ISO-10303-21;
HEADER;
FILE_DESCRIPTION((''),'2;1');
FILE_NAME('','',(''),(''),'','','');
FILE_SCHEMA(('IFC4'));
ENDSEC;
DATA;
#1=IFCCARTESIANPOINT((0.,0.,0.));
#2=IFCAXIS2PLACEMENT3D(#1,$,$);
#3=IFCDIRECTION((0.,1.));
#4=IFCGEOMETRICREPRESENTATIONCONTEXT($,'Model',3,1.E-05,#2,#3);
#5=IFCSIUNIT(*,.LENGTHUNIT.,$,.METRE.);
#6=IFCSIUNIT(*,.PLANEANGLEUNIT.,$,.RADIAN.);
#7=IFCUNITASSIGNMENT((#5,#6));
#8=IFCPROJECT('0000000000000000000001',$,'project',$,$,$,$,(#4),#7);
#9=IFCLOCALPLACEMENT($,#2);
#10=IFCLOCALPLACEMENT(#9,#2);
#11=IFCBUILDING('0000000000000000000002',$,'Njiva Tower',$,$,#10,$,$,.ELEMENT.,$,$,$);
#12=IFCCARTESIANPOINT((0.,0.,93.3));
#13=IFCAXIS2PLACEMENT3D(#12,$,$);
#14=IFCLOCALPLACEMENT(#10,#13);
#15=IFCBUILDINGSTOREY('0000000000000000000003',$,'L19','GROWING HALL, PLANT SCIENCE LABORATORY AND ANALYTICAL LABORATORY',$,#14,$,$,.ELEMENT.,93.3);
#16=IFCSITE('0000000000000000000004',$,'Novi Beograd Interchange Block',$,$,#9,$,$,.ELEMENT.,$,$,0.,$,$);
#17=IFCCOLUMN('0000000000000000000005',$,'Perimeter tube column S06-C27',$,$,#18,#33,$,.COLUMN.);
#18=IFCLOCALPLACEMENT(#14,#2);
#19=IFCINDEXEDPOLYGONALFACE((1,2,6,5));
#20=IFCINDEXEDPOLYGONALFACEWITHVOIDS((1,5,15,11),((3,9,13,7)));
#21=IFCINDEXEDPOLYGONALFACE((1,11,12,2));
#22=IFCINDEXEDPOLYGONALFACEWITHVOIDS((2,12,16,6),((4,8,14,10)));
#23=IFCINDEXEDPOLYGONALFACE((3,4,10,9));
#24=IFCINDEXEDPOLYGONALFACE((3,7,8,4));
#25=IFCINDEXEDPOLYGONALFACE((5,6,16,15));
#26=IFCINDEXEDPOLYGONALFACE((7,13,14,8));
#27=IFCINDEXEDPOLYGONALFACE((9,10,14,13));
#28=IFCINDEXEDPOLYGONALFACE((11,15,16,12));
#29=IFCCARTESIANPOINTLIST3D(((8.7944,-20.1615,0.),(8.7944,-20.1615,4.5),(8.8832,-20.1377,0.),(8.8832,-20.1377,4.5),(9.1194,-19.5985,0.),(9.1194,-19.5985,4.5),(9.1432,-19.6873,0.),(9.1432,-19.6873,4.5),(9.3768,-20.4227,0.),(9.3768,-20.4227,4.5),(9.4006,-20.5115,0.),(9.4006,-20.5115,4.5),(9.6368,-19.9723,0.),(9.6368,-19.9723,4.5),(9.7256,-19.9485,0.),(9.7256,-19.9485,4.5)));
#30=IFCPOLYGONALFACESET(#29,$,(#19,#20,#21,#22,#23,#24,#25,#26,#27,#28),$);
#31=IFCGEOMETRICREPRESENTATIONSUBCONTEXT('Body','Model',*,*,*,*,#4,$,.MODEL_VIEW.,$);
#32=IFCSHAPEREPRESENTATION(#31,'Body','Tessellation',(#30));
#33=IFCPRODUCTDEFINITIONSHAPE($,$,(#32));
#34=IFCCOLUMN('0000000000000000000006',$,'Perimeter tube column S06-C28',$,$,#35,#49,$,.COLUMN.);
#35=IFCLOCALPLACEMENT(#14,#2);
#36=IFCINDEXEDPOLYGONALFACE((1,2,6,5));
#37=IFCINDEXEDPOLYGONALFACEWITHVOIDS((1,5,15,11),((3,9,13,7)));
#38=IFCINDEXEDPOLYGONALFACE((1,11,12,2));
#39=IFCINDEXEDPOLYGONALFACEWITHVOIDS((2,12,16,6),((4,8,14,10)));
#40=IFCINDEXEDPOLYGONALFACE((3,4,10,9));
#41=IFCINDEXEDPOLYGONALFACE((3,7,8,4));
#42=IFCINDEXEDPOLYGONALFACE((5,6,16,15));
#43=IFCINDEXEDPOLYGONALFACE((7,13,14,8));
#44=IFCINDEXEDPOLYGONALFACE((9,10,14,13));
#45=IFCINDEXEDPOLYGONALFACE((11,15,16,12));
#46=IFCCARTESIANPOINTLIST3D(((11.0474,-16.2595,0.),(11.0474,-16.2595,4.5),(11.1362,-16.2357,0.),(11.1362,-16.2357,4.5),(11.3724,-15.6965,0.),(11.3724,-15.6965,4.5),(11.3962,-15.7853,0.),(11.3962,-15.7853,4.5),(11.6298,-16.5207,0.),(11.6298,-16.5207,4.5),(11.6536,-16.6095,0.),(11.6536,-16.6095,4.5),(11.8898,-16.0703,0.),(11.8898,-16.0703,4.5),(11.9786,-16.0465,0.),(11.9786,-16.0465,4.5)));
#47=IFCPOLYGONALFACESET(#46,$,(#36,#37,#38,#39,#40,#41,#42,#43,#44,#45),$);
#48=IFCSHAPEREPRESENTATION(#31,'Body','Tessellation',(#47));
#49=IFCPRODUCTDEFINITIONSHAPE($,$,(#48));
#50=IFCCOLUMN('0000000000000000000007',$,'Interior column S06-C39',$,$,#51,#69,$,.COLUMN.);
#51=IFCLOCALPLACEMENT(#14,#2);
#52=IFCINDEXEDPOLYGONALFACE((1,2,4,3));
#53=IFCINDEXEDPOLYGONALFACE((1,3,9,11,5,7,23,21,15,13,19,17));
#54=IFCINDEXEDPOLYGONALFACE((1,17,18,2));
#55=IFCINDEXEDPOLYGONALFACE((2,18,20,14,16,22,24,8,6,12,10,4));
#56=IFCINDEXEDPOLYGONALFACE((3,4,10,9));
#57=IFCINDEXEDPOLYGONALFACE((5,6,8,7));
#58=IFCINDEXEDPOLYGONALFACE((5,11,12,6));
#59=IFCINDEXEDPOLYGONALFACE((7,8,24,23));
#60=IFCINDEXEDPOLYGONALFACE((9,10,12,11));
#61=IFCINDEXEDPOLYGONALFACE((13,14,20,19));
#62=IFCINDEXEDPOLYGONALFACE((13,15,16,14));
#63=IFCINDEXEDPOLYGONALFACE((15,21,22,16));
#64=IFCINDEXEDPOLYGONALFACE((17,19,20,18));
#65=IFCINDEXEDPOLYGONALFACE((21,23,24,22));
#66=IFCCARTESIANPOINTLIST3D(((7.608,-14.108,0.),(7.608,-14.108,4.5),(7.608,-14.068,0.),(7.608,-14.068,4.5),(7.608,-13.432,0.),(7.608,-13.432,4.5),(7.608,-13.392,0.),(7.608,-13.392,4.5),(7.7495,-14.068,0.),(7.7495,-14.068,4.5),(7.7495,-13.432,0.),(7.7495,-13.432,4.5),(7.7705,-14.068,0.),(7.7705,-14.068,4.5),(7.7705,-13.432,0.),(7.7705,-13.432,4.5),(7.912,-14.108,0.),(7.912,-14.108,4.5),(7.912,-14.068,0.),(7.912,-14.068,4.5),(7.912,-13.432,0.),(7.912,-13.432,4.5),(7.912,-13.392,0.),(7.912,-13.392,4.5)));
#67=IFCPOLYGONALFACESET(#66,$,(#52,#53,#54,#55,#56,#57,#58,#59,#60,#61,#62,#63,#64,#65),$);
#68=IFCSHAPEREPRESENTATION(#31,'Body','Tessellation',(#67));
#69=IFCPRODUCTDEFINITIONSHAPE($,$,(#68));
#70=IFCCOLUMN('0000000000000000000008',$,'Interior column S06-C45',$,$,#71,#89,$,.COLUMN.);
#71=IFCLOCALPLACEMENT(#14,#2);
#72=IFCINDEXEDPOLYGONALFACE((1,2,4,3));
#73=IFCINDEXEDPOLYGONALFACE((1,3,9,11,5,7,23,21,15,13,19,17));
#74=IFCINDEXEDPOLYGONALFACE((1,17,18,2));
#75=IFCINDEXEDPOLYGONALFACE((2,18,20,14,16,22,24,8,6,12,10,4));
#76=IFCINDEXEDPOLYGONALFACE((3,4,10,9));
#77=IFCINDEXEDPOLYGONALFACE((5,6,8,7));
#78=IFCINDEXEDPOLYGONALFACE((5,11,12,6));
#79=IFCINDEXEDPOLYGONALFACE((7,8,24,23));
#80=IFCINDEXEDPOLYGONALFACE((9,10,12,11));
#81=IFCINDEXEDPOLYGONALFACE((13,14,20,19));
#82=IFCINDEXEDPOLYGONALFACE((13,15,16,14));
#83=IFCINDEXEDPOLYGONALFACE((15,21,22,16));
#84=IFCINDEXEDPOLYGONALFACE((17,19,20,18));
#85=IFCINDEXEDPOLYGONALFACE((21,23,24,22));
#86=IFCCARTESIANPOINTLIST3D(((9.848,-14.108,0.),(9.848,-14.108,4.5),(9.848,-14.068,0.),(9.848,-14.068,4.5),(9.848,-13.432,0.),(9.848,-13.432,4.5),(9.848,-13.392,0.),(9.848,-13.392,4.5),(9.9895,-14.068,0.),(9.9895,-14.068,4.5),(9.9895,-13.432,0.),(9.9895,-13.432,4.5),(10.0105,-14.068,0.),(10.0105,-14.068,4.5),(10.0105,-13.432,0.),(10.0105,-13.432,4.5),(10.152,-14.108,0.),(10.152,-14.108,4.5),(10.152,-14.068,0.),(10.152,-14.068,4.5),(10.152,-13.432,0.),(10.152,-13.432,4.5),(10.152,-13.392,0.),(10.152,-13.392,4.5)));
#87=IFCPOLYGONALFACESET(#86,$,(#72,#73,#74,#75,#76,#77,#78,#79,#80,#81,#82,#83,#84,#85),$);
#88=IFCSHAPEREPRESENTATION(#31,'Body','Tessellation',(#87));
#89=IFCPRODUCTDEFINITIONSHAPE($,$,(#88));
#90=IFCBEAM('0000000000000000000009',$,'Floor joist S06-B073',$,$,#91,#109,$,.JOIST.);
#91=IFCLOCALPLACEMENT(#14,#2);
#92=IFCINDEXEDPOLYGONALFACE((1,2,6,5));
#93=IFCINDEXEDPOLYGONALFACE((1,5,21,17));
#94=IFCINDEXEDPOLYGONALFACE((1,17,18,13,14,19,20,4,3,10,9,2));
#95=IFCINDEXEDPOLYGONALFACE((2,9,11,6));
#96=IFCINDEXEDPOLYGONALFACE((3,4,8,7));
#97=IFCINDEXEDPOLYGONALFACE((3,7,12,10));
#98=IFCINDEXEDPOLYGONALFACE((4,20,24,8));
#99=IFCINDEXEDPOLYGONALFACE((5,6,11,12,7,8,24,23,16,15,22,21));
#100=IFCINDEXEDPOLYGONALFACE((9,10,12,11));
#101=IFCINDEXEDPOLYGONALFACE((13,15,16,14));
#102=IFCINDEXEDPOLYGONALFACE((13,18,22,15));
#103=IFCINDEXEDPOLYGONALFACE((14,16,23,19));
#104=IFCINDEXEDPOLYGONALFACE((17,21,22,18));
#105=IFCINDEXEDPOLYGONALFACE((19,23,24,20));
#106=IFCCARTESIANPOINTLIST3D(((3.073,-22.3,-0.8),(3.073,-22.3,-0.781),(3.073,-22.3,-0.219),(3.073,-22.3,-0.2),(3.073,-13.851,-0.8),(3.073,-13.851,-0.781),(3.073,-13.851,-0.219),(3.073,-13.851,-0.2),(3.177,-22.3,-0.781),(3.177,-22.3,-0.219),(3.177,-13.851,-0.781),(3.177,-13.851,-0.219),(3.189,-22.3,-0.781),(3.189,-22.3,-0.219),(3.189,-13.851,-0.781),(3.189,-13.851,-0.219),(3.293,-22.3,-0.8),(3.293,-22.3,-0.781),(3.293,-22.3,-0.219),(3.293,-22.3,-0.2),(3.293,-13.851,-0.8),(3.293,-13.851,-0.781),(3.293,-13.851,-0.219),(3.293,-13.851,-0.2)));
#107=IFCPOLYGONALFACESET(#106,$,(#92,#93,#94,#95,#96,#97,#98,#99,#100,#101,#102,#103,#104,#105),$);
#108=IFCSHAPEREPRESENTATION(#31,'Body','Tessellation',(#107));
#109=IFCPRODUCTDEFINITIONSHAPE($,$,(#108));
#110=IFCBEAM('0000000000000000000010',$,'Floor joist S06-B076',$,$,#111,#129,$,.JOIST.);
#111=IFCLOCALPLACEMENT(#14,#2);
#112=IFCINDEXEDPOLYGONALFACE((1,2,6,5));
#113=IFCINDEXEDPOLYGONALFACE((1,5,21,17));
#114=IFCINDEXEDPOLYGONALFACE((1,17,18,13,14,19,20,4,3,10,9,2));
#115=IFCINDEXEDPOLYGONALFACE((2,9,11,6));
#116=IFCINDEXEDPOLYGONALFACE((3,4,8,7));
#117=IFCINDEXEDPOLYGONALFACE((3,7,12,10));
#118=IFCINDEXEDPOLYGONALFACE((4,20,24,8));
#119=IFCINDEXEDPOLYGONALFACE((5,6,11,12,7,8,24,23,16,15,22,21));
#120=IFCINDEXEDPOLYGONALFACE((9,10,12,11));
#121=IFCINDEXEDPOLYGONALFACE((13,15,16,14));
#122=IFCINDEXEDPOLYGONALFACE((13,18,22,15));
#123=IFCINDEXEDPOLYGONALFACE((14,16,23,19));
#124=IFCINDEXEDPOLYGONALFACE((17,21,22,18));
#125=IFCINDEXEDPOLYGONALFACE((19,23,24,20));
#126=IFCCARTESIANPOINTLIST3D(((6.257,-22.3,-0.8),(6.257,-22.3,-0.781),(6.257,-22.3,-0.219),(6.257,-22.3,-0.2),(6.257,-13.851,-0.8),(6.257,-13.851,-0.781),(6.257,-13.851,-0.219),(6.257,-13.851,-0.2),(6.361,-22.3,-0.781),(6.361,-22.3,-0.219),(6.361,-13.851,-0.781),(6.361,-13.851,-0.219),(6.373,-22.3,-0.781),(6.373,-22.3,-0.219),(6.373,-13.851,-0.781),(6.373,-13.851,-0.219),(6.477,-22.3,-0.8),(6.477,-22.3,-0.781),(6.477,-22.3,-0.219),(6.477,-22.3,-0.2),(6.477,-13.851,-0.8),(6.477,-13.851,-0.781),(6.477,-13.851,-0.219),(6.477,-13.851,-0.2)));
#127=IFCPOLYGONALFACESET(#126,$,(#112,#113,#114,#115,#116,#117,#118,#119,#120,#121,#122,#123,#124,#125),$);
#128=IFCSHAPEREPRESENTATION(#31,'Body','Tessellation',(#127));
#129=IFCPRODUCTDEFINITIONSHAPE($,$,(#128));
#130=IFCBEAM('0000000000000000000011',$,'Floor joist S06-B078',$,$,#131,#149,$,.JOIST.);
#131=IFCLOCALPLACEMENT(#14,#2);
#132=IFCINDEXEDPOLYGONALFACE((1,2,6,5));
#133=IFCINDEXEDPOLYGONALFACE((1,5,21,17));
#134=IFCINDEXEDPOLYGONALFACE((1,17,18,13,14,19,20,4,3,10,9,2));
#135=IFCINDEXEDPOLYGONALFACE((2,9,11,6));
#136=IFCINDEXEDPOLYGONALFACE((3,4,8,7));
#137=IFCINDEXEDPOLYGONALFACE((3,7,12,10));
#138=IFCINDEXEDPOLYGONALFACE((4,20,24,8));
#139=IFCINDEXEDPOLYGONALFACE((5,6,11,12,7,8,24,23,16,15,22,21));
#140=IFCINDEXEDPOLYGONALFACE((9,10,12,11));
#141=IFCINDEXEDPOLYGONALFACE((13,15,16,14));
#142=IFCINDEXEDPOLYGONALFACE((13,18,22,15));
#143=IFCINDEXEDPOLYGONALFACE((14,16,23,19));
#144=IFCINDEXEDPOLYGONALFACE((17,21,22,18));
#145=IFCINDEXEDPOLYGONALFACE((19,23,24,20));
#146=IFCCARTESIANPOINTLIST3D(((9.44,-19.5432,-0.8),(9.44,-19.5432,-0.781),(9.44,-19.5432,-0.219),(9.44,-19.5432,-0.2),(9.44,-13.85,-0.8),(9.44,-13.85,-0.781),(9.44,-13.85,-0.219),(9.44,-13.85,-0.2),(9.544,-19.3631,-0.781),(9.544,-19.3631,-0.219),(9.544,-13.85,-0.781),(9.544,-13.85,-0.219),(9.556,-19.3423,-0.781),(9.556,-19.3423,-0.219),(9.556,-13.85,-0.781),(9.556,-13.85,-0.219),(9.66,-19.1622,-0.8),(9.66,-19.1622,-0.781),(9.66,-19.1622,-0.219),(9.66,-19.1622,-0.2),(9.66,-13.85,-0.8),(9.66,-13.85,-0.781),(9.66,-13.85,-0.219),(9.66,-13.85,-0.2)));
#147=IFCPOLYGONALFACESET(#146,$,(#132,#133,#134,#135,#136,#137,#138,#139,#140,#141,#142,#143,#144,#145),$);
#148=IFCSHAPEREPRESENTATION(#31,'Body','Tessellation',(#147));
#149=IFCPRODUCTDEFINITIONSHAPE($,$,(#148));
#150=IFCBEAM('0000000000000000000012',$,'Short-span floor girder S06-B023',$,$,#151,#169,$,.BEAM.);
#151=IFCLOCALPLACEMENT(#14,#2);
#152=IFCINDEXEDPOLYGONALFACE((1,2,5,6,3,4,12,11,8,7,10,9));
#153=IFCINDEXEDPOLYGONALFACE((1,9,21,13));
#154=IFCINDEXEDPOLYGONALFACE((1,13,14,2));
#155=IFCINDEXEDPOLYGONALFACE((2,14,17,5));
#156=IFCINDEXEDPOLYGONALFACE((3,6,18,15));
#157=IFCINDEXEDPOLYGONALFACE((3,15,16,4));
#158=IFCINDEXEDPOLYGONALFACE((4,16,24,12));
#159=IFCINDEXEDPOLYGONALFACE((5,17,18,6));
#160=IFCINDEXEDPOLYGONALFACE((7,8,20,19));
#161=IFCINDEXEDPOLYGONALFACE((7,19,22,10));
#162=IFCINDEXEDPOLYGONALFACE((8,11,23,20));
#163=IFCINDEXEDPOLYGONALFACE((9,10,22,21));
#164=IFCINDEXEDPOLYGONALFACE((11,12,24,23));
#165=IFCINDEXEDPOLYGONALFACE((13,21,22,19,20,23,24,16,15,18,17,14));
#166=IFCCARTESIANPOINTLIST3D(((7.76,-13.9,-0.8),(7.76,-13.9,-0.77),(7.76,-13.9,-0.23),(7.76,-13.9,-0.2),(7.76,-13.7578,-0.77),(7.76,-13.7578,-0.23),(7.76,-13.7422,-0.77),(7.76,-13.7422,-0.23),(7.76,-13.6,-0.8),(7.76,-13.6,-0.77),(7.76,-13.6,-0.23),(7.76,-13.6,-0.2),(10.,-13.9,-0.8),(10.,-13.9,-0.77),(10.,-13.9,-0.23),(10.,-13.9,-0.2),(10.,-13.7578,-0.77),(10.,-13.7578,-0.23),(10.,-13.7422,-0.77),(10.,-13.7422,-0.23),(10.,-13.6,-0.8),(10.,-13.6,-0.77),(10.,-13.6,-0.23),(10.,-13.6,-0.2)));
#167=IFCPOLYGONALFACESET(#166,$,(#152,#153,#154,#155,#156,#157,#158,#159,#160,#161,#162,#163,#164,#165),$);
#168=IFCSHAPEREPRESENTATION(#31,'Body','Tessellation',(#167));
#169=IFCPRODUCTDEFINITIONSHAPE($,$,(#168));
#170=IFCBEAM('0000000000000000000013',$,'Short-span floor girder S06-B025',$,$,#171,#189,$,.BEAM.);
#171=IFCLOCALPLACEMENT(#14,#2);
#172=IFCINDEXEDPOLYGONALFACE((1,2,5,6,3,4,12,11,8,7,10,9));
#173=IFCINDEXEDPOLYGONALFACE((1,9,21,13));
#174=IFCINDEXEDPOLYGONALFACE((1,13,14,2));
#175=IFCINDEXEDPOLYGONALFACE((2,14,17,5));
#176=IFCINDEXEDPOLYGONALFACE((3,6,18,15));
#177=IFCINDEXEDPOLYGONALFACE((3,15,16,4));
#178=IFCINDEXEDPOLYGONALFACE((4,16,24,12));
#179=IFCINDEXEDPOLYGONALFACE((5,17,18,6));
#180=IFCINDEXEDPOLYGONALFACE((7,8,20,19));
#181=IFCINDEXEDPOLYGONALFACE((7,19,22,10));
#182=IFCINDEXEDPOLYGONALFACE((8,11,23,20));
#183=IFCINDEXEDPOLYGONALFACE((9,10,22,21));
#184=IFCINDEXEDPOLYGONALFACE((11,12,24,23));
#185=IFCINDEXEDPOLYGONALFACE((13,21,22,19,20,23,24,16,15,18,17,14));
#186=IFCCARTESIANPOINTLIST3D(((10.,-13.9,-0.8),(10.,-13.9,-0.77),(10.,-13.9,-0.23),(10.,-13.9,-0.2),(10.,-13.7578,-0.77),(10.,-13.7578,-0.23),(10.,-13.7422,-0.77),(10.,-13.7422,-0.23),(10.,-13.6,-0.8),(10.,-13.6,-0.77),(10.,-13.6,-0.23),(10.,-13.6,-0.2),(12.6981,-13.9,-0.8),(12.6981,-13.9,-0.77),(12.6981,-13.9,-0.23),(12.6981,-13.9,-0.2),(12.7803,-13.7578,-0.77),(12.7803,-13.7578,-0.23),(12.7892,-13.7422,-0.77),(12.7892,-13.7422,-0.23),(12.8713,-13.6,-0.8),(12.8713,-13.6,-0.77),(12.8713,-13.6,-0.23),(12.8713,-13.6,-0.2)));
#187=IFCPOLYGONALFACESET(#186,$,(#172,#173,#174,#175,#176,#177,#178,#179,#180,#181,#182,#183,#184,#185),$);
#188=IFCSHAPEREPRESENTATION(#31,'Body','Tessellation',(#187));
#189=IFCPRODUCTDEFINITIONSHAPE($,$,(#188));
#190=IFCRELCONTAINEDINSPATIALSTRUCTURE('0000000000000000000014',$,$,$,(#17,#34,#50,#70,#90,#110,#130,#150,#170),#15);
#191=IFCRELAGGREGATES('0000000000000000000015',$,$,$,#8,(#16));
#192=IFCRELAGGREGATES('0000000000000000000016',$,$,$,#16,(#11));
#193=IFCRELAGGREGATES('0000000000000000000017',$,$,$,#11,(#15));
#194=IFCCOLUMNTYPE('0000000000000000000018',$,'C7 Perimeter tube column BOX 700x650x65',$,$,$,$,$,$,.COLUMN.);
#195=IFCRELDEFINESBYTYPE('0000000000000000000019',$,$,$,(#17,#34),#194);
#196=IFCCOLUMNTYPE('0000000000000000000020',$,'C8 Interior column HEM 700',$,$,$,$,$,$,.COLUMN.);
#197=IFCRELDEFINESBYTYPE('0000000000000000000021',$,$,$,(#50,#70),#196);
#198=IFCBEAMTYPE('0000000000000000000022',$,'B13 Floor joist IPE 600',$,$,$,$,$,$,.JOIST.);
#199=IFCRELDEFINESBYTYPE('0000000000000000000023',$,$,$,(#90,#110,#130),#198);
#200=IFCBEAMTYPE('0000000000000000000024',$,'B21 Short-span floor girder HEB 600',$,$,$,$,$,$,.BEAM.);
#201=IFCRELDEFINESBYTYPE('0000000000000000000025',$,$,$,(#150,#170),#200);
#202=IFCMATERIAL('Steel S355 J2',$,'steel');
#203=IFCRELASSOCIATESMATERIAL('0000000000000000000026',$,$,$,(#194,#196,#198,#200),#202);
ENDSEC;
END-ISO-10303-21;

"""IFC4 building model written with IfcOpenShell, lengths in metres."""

from ifc_helpers import new_model, si_unit, direction, frame, origin, origin_2d, place, context, subcontext, project, spatial, hollow_rectangle, i_section, extrude, clip, halfspace, material, material_profile, profile_set, type_object, element, save


model = new_model("IFC4")

# Units and contexts
model_context = context("Model", 3, precision=1e-05, world=origin(), true_north=direction((0.0, 1.0)))
body_context = subcontext(model_context, "Body", "Model", "MODEL_VIEW")
ifc_project = project(units=[si_unit("LENGTHUNIT", "METRE"), si_unit("PLANEANGLEUNIT", "RADIAN")], contexts=[model_context])

# Site, building, storey
site_placement = place(None, origin())
site = spatial("IfcSite", under=ifc_project, at=site_placement, Name="Novi Beograd Interchange Block", CompositionType="ELEMENT", RefElevation=0.0)
building_placement = place(site_placement, origin())
building = spatial("IfcBuilding", under=site, at=building_placement, Name="Njiva Tower", CompositionType="ELEMENT")
storey_placement = place(building_placement, frame((0.0, 0.0, 93.3)))
storey = spatial("IfcBuildingStorey", under=building, at=storey_placement, Name="L19", Description="GROWING HALL, PLANT SCIENCE LABORATORY AND ANALYTICAL LABORATORY", CompositionType="ELEMENT", Elevation=93.3)

# Columns
ifc_material_1 = material(Name="Steel S355 J2", Category="steel")
ifc_material_profile_1 = material_profile(ifc_material_1, hollow_rectangle(XDim=0.65, YDim=0.7, WallThickness=0.065, at=origin_2d()), Name="BOX 700x650x65")
ifc_profile_set_1 = profile_set([ifc_material_profile_1], Name="Steel S355 J2")
column_type_1 = type_object("IfcColumnType", Name="C7 Perimeter tube column BOX 700x650x65", PredefinedType="COLUMN", material=ifc_profile_set_1)
for number, where, z_axis, x_axis, name in (
    (1, (9.26, -20.055, 0.0), (0.0, 0.0, 1.0), (0.5, 0.866025, 0.0), "Perimeter tube column S06-C27"),
    (2, (11.513, -16.153, 0.0), (0.0, 0.0, 1.0), (0.5, 0.866025, 0.0), "Perimeter tube column S06-C28"),
):
    element("IfcColumn", number, at=place(storey_placement, frame(where, z_axis=z_axis, x_axis=x_axis)), inside=storey, type_object=column_type_1, Name=name, PredefinedType="COLUMN", context=body_context, shape_type="SweptSolid", body=[
        extrude(hollow_rectangle(XDim=0.65, YDim=0.7, WallThickness=0.065, at=origin_2d()), origin(), (0.0, 0.0, 1.0), 4.5),
    ])
ifc_material_profile_2 = material_profile(ifc_material_1, i_section(OverallWidth=0.304, OverallDepth=0.716, WebThickness=0.021, FlangeThickness=0.04, at=origin_2d()), Name="HEM 700")
ifc_profile_set_2 = profile_set([ifc_material_profile_2], Name="Steel S355 J2")
column_type_2 = type_object("IfcColumnType", Name="C8 Interior column HEM 700", PredefinedType="COLUMN", material=ifc_profile_set_2)
for number, where, z_axis, x_axis, name in (
    (3, (7.76, -13.75, 0.0), (0.0, 0.0, 1.0), (1.0, 0.0, 0.0), "Interior column S06-C39"),
    (4, (10.0, -13.75, 0.0), (0.0, 0.0, 1.0), (1.0, 0.0, 0.0), "Interior column S06-C45"),
):
    element("IfcColumn", number, at=place(storey_placement, frame(where, z_axis=z_axis, x_axis=x_axis)), inside=storey, type_object=column_type_2, Name=name, PredefinedType="COLUMN", context=body_context, shape_type="SweptSolid", body=[
        extrude(i_section(OverallWidth=0.304, OverallDepth=0.716, WebThickness=0.021, FlangeThickness=0.04, at=origin_2d()), origin(), (0.0, 0.0, 1.0), 4.5),
    ])

# Beams
ifc_material_profile_3 = material_profile(ifc_material_1, i_section(OverallWidth=0.22, OverallDepth=0.6, WebThickness=0.012, FlangeThickness=0.019, at=origin_2d()), Name="IPE 600")
ifc_profile_set_3 = profile_set([ifc_material_profile_3], Name="Steel S355 J2")
beam_type_1 = type_object("IfcBeamType", Name="B13 Floor joist IPE 600", PredefinedType="JOIST", material=ifc_profile_set_3)
for number, where, z_axis, x_axis, name in (
    (5, (3.183, -13.851, -0.5), (0.0, -1.0, 0.0), (1.0, 0.0, 0.0), "Floor joist S06-B073"),
    (6, (6.367, -13.851, -0.5), (0.0, -1.0, 0.0), (1.0, 0.0, 0.0), "Floor joist S06-B076"),
):
    element("IfcBeam", number, at=place(storey_placement, frame(where, z_axis=z_axis, x_axis=x_axis)), inside=storey, type_object=beam_type_1, Name=name, PredefinedType="JOIST", context=body_context, shape_type="SweptSolid", body=[
        extrude(i_section(OverallWidth=0.22, OverallDepth=0.6, WebThickness=0.012, FlangeThickness=0.019, at=origin_2d()), origin(), (0.0, 0.0, 1.0), 8.449),
    ])
beam_1_placement = place(storey_placement, frame((9.55, -13.85, -0.5), z_axis=(0.0, -1.0, 0.0), x_axis=(1.0, 0.0, 0.0)))
element("IfcBeam", 7, at=beam_1_placement, inside=storey, type_object=beam_type_1, Name="Floor joist S06-B078", PredefinedType="JOIST", context=body_context, shape_type="Clipping", body=[
    clip(extrude(i_section(OverallWidth=0.22, OverallDepth=0.6, WebThickness=0.012, FlangeThickness=0.019, at=origin_2d()), origin(), (0.0, 0.0, 1.0), 5.714), halfspace(frame((0.0433, 0.0, 5.4277), z_axis=(0.866027, 0.0, 0.499998), x_axis=(0.0, 1.0, 0.0)), False)),
])
ifc_material_profile_4 = material_profile(ifc_material_1, i_section(OverallWidth=0.3, OverallDepth=0.6, WebThickness=0.0155, FlangeThickness=0.03, at=origin_2d()), Name="HEB 600")
ifc_profile_set_4 = profile_set([ifc_material_profile_4], Name="Steel S355 J2")
beam_type_2 = type_object("IfcBeamType", Name="B21 Short-span floor girder HEB 600", PredefinedType="BEAM", material=ifc_profile_set_4)
beam_2_placement = place(storey_placement, frame((7.76, -13.75, -0.5), z_axis=(1.0, 0.0, 0.0), x_axis=(0.0, 1.0, 0.0)))
element("IfcBeam", 8, at=beam_2_placement, inside=storey, type_object=beam_type_2, Name="Short-span floor girder S06-B023", PredefinedType="BEAM", context=body_context, shape_type="SweptSolid", body=[
    extrude(i_section(OverallWidth=0.3, OverallDepth=0.6, WebThickness=0.0155, FlangeThickness=0.03, at=origin_2d()), origin(), (0.0, 0.0, 1.0), 2.24),
])
beam_3_placement = place(storey_placement, frame((10.0, -13.75, -0.5), z_axis=(1.0, 0.0, 0.0), x_axis=(0.0, 1.0, 0.0)))
element("IfcBeam", 9, at=beam_3_placement, inside=storey, type_object=beam_type_2, Name="Short-span floor girder S06-B025", PredefinedType="BEAM", context=body_context, shape_type="Clipping", body=[
    clip(extrude(i_section(OverallWidth=0.3, OverallDepth=0.6, WebThickness=0.0155, FlangeThickness=0.03, at=origin_2d()), origin(), (0.0, 0.0, 1.0), 2.892), halfspace(frame((-0.025, 0.0, 2.7703), z_axis=(-0.499998, 0.0, 0.866027), x_axis=(0.0, 1.0, 0.0)), False)),
])

save(model, "model.ifc")
